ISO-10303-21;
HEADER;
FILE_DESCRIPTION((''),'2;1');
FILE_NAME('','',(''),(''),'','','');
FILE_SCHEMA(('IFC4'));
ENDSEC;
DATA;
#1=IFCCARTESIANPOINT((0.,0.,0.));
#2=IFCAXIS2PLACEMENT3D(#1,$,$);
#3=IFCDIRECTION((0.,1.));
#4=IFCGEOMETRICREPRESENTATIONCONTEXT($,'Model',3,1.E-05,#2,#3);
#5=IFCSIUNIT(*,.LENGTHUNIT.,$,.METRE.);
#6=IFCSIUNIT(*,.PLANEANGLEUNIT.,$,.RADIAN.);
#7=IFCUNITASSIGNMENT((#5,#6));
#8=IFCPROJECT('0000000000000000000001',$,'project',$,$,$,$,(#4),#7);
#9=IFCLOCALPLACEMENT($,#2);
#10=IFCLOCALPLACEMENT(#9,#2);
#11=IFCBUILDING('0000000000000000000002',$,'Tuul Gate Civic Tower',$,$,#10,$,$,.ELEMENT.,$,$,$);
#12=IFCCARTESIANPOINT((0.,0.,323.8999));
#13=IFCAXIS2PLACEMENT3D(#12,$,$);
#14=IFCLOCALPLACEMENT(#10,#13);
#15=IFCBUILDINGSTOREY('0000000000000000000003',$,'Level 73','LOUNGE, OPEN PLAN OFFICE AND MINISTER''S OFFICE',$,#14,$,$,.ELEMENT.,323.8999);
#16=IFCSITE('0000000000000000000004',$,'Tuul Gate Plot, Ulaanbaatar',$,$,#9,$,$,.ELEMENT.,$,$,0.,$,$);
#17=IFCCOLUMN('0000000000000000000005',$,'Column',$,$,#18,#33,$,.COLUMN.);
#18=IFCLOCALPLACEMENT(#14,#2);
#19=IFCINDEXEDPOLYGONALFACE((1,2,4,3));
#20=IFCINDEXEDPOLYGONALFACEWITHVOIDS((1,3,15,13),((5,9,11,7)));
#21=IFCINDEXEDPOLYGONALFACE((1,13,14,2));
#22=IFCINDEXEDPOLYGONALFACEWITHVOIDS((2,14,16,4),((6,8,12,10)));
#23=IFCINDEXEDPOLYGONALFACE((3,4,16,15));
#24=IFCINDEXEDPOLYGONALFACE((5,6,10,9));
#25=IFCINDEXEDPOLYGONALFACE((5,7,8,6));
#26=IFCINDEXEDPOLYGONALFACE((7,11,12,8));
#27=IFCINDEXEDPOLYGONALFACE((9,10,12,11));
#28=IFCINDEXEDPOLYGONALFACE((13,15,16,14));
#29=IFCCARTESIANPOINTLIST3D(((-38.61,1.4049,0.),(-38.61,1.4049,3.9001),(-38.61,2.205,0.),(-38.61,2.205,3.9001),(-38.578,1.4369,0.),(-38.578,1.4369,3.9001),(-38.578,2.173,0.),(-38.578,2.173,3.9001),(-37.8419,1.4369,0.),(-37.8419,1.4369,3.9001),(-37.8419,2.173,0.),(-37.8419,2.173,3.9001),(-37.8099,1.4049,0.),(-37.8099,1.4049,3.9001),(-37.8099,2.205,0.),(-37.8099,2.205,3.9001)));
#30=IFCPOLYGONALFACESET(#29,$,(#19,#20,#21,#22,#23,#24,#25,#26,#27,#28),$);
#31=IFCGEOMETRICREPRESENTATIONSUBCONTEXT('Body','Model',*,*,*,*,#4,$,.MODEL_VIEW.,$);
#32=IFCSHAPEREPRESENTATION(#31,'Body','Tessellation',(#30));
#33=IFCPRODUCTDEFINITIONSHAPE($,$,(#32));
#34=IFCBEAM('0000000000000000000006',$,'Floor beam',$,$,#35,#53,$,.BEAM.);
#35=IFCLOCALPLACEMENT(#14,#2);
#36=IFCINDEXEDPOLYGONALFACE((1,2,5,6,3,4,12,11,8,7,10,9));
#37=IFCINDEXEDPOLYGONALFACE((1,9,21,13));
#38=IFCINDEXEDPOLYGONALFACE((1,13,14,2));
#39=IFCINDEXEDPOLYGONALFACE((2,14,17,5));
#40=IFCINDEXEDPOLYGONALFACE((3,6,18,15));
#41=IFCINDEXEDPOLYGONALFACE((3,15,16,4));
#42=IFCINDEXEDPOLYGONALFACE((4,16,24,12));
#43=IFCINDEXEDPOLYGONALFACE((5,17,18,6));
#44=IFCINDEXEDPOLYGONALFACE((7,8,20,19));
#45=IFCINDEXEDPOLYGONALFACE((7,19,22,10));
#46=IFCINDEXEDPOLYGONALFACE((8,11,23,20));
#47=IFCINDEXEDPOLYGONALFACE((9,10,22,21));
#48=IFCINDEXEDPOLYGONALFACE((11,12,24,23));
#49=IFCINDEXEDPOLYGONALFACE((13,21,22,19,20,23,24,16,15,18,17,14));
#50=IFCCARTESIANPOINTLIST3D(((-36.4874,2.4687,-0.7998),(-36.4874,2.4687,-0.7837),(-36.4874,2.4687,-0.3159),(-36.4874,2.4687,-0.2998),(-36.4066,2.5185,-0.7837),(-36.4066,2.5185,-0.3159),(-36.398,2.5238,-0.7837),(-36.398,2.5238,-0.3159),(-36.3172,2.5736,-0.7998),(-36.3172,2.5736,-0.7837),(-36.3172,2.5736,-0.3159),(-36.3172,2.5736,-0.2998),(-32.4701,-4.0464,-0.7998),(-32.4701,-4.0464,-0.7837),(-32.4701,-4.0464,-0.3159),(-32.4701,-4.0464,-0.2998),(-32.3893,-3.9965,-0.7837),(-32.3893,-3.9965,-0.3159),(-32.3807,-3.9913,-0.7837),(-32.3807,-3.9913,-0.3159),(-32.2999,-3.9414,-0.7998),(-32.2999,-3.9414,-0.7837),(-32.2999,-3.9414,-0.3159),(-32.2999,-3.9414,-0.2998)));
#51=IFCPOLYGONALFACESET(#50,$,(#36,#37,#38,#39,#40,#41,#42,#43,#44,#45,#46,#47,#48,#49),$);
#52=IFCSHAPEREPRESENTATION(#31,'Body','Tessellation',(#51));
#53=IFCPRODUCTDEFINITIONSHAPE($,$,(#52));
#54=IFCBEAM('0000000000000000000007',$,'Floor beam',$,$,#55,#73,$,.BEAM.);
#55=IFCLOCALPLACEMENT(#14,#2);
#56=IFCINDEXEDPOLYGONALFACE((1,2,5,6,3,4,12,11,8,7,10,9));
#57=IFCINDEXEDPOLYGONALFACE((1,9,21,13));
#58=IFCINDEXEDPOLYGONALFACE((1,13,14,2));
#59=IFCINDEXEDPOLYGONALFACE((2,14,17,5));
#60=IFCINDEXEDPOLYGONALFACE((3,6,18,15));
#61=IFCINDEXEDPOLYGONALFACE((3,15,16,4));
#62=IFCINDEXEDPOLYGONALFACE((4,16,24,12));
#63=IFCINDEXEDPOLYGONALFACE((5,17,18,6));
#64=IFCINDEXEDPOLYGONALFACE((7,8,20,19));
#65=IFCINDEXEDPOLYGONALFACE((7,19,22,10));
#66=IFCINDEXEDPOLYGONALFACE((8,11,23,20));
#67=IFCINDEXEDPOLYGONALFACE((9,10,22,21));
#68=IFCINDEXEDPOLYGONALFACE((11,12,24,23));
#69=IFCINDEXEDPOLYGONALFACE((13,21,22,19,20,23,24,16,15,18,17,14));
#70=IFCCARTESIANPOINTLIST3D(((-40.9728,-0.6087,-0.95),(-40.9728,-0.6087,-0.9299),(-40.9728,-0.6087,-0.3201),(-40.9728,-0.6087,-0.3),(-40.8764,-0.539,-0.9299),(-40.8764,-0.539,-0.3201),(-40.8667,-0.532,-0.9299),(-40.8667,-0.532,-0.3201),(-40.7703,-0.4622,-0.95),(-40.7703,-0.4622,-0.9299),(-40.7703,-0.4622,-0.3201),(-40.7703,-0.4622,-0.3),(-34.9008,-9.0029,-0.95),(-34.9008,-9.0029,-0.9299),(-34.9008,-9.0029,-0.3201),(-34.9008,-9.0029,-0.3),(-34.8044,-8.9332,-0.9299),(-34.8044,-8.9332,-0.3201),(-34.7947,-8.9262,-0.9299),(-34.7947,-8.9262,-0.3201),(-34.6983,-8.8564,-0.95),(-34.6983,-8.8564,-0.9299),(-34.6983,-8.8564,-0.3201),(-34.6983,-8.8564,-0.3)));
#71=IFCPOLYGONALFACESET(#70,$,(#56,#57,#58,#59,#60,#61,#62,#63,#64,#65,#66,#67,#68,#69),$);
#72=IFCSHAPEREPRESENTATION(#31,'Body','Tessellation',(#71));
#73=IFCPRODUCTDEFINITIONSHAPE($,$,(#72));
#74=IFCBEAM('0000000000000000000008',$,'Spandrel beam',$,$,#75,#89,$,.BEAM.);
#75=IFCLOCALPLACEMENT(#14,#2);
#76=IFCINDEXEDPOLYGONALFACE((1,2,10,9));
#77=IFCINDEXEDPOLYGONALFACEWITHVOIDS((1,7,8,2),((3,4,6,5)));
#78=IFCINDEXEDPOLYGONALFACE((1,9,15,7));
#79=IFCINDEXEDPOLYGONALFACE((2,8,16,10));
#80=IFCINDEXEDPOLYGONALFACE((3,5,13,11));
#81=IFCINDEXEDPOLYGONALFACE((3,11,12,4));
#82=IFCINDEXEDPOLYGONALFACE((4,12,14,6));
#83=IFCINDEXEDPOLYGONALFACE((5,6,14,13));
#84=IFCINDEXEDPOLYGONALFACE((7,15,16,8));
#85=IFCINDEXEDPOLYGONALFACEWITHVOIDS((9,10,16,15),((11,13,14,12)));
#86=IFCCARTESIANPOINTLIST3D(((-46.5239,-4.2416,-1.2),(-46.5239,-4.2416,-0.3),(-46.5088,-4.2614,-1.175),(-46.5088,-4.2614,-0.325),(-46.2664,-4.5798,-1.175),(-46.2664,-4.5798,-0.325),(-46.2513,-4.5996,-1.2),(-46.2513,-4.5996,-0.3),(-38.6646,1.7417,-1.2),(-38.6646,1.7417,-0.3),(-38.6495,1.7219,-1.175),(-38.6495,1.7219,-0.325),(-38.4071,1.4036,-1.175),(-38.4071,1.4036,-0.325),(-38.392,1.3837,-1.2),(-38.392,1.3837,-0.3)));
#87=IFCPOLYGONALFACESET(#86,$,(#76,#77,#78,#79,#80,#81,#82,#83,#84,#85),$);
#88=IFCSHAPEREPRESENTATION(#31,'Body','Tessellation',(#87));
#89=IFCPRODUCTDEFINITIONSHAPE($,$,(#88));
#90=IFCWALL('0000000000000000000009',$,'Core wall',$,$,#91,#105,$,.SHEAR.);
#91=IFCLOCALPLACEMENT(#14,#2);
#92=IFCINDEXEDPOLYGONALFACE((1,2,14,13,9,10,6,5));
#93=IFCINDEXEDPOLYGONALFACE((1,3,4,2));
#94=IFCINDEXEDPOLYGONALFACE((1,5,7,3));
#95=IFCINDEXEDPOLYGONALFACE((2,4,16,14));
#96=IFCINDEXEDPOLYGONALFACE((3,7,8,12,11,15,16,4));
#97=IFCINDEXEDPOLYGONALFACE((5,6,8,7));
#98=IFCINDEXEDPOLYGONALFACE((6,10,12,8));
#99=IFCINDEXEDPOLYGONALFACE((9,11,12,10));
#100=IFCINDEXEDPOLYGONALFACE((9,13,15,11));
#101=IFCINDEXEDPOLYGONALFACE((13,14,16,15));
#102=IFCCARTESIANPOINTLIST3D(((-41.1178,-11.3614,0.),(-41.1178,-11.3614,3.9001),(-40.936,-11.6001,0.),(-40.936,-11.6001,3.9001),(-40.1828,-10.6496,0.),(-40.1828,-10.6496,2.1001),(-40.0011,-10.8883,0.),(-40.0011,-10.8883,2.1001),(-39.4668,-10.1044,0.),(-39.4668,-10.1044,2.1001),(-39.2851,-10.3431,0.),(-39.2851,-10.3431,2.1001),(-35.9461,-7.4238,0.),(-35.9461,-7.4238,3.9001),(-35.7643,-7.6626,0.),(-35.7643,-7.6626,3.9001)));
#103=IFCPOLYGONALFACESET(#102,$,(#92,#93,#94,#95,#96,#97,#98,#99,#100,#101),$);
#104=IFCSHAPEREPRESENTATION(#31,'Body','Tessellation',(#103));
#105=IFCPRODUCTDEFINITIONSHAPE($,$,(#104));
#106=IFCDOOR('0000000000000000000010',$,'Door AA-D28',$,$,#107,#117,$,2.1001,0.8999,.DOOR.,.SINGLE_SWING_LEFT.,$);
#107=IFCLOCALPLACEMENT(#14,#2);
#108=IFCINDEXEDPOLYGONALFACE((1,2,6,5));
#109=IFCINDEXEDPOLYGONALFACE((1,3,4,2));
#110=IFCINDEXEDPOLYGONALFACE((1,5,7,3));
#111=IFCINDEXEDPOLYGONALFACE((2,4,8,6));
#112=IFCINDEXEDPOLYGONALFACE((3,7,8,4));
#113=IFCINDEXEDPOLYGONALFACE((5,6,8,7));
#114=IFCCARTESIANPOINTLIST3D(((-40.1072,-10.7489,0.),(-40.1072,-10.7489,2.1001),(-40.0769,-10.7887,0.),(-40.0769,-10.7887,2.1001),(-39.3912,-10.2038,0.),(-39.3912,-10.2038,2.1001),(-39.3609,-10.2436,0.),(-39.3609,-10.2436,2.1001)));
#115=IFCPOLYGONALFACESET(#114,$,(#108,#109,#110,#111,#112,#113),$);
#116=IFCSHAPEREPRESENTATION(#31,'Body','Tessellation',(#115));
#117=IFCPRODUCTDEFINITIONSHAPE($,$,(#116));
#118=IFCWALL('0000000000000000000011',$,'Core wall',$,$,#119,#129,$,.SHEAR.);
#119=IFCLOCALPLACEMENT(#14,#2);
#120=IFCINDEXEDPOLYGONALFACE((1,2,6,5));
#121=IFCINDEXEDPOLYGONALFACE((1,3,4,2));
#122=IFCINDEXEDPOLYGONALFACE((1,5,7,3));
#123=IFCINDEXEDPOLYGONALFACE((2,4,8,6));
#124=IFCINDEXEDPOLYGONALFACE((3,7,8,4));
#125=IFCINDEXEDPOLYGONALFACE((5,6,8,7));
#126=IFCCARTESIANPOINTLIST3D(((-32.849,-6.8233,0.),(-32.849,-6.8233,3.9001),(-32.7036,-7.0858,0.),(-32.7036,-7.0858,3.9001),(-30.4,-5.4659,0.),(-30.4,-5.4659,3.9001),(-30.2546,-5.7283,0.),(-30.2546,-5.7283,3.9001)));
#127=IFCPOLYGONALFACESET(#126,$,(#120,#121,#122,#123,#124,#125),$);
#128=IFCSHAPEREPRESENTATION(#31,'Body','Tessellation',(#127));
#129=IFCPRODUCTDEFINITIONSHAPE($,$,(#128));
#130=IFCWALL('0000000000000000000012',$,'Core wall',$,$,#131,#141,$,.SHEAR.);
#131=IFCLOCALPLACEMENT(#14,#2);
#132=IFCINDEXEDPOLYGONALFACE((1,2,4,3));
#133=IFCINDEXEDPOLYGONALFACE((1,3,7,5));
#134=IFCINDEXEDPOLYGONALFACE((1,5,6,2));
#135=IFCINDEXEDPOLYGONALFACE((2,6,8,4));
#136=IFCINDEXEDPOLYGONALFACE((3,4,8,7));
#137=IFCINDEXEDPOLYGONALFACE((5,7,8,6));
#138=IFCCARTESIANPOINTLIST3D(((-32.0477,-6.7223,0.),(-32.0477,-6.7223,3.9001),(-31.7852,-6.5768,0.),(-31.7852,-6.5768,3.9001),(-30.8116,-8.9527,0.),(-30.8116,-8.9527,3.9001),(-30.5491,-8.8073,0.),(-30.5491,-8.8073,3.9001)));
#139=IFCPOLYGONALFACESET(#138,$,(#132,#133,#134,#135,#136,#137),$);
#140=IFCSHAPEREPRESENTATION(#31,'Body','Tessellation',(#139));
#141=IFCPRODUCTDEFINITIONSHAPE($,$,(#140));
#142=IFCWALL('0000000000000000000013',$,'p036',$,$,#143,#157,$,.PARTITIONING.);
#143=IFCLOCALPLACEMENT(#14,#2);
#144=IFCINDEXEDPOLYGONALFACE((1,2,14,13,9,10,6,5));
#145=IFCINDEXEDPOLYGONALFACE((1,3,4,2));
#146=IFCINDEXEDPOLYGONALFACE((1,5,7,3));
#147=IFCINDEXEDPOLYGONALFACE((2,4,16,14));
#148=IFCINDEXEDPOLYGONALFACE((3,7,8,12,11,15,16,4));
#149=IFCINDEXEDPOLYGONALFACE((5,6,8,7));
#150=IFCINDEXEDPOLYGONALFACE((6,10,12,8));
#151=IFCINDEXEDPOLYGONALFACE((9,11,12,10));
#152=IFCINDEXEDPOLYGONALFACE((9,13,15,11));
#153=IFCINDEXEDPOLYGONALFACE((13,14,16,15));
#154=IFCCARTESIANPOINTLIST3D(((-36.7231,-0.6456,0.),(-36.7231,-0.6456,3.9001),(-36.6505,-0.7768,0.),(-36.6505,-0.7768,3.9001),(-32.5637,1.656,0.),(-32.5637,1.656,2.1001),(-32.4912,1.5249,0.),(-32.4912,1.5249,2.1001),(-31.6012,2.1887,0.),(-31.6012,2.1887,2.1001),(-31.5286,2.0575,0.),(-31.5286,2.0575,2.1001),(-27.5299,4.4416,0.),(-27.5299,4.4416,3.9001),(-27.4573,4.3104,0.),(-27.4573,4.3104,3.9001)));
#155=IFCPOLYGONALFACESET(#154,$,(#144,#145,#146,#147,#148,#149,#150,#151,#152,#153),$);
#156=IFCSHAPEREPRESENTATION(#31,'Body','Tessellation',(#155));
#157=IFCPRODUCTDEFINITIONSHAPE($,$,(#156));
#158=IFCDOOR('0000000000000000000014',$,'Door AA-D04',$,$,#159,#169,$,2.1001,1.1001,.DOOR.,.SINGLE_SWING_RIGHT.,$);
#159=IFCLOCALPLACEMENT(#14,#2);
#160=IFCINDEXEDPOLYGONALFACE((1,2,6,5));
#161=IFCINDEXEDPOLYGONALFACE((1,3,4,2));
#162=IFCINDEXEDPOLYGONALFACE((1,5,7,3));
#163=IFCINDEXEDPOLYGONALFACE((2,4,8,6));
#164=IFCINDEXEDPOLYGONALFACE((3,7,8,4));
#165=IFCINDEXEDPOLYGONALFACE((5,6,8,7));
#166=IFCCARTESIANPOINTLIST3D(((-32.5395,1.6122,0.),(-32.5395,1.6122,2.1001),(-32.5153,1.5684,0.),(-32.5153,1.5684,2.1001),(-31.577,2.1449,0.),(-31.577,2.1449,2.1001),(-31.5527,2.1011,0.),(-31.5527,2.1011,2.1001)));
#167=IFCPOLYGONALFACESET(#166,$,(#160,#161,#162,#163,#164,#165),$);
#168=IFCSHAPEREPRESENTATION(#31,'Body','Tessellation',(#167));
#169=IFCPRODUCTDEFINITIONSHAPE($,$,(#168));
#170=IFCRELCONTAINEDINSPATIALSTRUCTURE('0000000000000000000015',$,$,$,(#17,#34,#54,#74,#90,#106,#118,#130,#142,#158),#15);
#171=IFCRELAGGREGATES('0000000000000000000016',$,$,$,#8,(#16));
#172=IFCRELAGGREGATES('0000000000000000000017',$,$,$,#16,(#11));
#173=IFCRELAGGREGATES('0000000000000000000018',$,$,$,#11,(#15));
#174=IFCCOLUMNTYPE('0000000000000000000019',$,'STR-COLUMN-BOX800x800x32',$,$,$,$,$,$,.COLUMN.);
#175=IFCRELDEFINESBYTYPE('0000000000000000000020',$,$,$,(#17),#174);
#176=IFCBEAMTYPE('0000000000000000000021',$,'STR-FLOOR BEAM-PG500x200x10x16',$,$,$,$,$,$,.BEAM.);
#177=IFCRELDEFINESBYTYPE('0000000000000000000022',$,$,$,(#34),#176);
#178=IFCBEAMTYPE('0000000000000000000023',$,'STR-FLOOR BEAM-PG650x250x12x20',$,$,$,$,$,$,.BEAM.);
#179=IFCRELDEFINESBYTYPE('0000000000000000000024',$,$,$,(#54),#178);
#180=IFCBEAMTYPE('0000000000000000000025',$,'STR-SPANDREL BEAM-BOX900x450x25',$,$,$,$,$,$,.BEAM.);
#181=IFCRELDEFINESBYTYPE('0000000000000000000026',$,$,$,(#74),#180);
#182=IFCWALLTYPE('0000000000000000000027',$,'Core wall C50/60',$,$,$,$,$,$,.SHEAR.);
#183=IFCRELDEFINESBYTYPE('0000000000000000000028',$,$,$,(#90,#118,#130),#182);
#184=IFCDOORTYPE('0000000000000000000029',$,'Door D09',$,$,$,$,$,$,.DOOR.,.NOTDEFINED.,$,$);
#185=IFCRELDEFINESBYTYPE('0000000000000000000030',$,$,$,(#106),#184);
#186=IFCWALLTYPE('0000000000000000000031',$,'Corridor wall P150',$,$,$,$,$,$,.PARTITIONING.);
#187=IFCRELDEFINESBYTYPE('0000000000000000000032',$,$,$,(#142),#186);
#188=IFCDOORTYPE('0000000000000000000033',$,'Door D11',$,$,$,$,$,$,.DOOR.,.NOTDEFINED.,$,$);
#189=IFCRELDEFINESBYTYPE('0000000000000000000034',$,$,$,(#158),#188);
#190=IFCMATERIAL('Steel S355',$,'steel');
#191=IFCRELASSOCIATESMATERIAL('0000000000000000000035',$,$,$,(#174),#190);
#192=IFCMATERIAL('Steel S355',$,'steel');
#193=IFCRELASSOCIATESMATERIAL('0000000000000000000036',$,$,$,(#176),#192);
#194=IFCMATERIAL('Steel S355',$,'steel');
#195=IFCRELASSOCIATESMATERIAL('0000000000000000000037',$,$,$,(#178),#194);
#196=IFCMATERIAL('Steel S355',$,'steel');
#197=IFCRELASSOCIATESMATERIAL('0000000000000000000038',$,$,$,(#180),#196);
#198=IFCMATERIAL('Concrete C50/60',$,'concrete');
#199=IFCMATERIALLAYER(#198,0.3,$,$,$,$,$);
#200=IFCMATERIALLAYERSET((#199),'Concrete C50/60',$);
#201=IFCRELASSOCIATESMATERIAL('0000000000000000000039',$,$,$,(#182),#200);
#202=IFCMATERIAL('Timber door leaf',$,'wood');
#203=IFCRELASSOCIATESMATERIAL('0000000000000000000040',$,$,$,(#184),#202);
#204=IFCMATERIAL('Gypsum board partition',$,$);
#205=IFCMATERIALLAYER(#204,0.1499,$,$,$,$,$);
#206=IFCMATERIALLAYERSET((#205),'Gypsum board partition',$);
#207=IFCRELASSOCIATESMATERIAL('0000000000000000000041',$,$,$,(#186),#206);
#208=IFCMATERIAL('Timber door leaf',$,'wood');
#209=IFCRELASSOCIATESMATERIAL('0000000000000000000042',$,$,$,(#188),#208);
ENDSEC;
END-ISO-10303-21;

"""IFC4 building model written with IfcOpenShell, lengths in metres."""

from ifc_helpers import new_model, si_unit, direction, frame, frame_2d, origin, origin_2d, place, context, subcontext, project, spatial, rectangle, hollow_rectangle, i_section, extrude, material, layer, layer_set, material_profile, profile_set, type_object, element, fill, save


model = new_model("IFC4")

# Units and contexts
model_context = context("Model", 3, precision=1e-05, world=origin(), true_north=direction((0.0, 1.0)))
body_context = subcontext(model_context, "Body", "Model", "MODEL_VIEW")
ifc_project = project(units=[si_unit("LENGTHUNIT", "METRE"), si_unit("PLANEANGLEUNIT", "RADIAN")], contexts=[model_context])

# Site, building, storey
site_placement = place(None, origin())
site = spatial("IfcSite", under=ifc_project, at=site_placement, Name="Tuul Gate Plot, Ulaanbaatar", CompositionType="ELEMENT", RefElevation=0.0)
building_placement = place(site_placement, origin())
building = spatial("IfcBuilding", under=site, at=building_placement, Name="Tuul Gate Civic Tower", CompositionType="ELEMENT")
storey_placement = place(building_placement, frame((0.0, 0.0, 323.8999)))
storey = spatial("IfcBuildingStorey", under=building, at=storey_placement, Name="Level 73", Description="LOUNGE, OPEN PLAN OFFICE AND MINISTER'S OFFICE", CompositionType="ELEMENT", Elevation=323.8999)

# Column
ifc_material_1 = material(Name="Steel S355", Category="steel")
ifc_material_profile_1 = material_profile(ifc_material_1, hollow_rectangle(XDim=0.8, YDim=0.8, WallThickness=0.032, at=origin_2d()), Name="BOX800x800x32")
ifc_profile_set_1 = profile_set([ifc_material_profile_1], Name="Steel S355")
column_type = type_object("IfcColumnType", Name="STR-COLUMN-BOX800x800x32", PredefinedType="COLUMN", material=ifc_profile_set_1)
column_placement = place(storey_placement, frame((-38.21, 1.8049, 0.0), z_axis=(0.0, 0.0, 1.0), x_axis=(1.0, 0.0, 0.0)))
element("IfcColumn", 1, at=column_placement, inside=storey, type_object=column_type, Name="Column", PredefinedType="COLUMN", context=body_context, shape_type="SweptSolid", body=[
    extrude(hollow_rectangle(XDim=0.8, YDim=0.8, WallThickness=0.032, at=origin_2d()), origin(), (0.0, 0.0, 1.0), 3.9001),
])

# Beams
ifc_material_2 = material(Name="Steel S355", Category="steel")
ifc_material_profile_2 = material_profile(ifc_material_2, i_section(OverallWidth=0.2, OverallDepth=0.5, WebThickness=0.01, FlangeThickness=0.0161, at=origin_2d()), Name="PG500x200x10x16")
ifc_profile_set_2 = profile_set([ifc_material_profile_2], Name="Steel S355")
beam_type_1 = type_object("IfcBeamType", Name="STR-FLOOR BEAM-PG500x200x10x16", PredefinedType="BEAM", material=ifc_profile_set_2)
beam_1_placement = place(storey_placement, frame((-32.385, -3.9939, -0.5498), z_axis=(-0.524857, 0.85119, 0.0), x_axis=(-0.85119, -0.524857, 0.0)))
element("IfcBeam", 2, at=beam_1_placement, inside=storey, type_object=beam_type_1, Name="Floor beam", PredefinedType="BEAM", context=body_context, shape_type="SweptSolid", body=[
    extrude(i_section(OverallWidth=0.2, OverallDepth=0.5, WebThickness=0.01, FlangeThickness=0.0161, at=origin_2d()), origin(), (0.0, 0.0, 1.0), 7.6541),
])
ifc_material_3 = material(Name="Steel S355", Category="steel")
ifc_material_profile_3 = material_profile(ifc_material_3, i_section(OverallWidth=0.25, OverallDepth=0.6499, WebThickness=0.012, FlangeThickness=0.02, at=origin_2d()), Name="PG650x250x12x20")
ifc_profile_set_3 = profile_set([ifc_material_profile_3], Name="Steel S355")
beam_type_2 = type_object("IfcBeamType", Name="STR-FLOOR BEAM-PG650x250x12x20", PredefinedType="BEAM", material=ifc_profile_set_3)
beam_2_placement = place(storey_placement, frame((-34.7996, -8.9297, -0.625), z_axis=(-0.586092, 0.810245, 0.0), x_axis=(-0.810245, -0.586092, 0.0)))
element("IfcBeam", 3, at=beam_2_placement, inside=storey, type_object=beam_type_2, Name="Floor beam", PredefinedType="BEAM", context=body_context, shape_type="SweptSolid", body=[
    extrude(i_section(OverallWidth=0.25, OverallDepth=0.6499, WebThickness=0.012, FlangeThickness=0.02, at=origin_2d()), origin(), (0.0, 0.0, 1.0), 10.3601),
])
ifc_material_4 = material(Name="Steel S355", Category="steel")
ifc_material_profile_4 = material_profile(ifc_material_4, hollow_rectangle(XDim=0.45, YDim=0.8999, WallThickness=0.0249, at=origin_2d()), Name="BOX900x450x25")
ifc_profile_set_4 = profile_set([ifc_material_profile_4], Name="Steel S355")
beam_type_3 = type_object("IfcBeamType", Name="STR-SPANDREL BEAM-BOX900x450x25", PredefinedType="BEAM", material=ifc_profile_set_4)
beam_3_placement = place(storey_placement, frame((-38.5283, 1.5627, -0.75), z_axis=(-0.795661, -0.605742, 0.0), x_axis=(0.605742, -0.795661, 0.0)))
element("IfcBeam", 4, at=beam_3_placement, inside=storey, type_object=beam_type_3, Name="Spandrel beam", PredefinedType="BEAM", context=body_context, shape_type="SweptSolid", body=[
    extrude(hollow_rectangle(XDim=0.45, YDim=0.8999, WallThickness=0.0249, at=origin_2d()), origin(), (0.0, 0.0, 1.0), 9.8777),
])

# Wall, opening, door
ifc_material_5 = material(Name="Concrete C50/60", Category="concrete")
ifc_layer_1 = layer(ifc_material_5, 0.3)
ifc_layer_set_1 = layer_set([ifc_layer_1], Name="Concrete C50/60")
wall_type_1 = type_object("IfcWallType", Name="Core wall C50/60", PredefinedType="SHEAR", material=ifc_layer_set_1)
wall_1_placement = place(storey_placement, frame((-35.8552, -7.5432, 0.0), z_axis=(0.0, 0.0, 1.0), x_axis=(-0.795639, -0.605772, 0.0)))
wall_1 = element("IfcWall", 5, at=wall_1_placement, inside=storey, type_object=wall_type_1, Name="Core wall", PredefinedType="SHEAR", context=body_context, shape_type="SweptSolid", body=[
    extrude(rectangle(XDim=6.5, YDim=0.3, at=frame_2d((3.25, 0.0))), origin(), (0.0, 0.0, 1.0), 3.9001),
])
opening_1_placement = place(wall_1_placement, frame((4.425, 0.0, 0.0)))
opening_1 = element("IfcOpeningElement", 6, at=opening_1_placement, cuts=wall_1, PredefinedType="OPENING", context=body_context, shape_type="SweptSolid", body=[
    extrude(rectangle(XDim=0.8999, YDim=2.1001, at=frame_2d((0.45, 1.05))), frame((0.0, 0.1602, 0.0), z_axis=(0.0, -1.0, 0.0), x_axis=(1.0, 0.0, 0.0)), (0.0, 0.0, 1.0), 0.3201),
])
ifc_material_6 = material(Name="Timber door leaf", Category="wood")
door_type_1 = type_object("IfcDoorType", Name="Door D09", OperationType="NOTDEFINED", PredefinedType="DOOR", material=ifc_material_6)
door_1_placement = place(opening_1_placement, origin())
door_1 = element("IfcDoor", 7, at=door_1_placement, inside=storey, type_object=door_type_1, Name="Door AA-D28", OperationType="SINGLE_SWING_LEFT", OverallHeight=2.1001, OverallWidth=0.8999, PredefinedType="DOOR", context=body_context, shape_type="SweptSolid", body=[
    extrude(rectangle(XDim=0.8999, YDim=2.1001, at=frame_2d((0.45, 1.05))), frame((0.0, 0.0249, 0.0), z_axis=(0.0, -1.0, 0.0), x_axis=(1.0, 0.0, 0.0)), (0.0, 0.0, 1.0), 0.05),
])
fill(opening_1, door_1)

# Walls
wall_2_placement = place(storey_placement, frame((-30.3274, -5.5972, 0.0), z_axis=(0.0, 0.0, 1.0), x_axis=(-0.87463, -0.484791, 0.0)))
element("IfcWall", 8, at=wall_2_placement, inside=storey, type_object=wall_type_1, Name="Core wall", PredefinedType="SHEAR", context=body_context, shape_type="SweptSolid", body=[
    extrude(rectangle(XDim=2.8, YDim=0.3, at=frame_2d((1.3999, 0.0))), origin(), (0.0, 0.0, 1.0), 3.9001),
])
wall_3_placement = place(storey_placement, frame((-30.6804, -8.8799, 0.0), z_axis=(0.0, 0.0, 1.0), x_axis=(-0.484724, 0.874667, 0.0)))
element("IfcWall", 9, at=wall_3_placement, inside=storey, type_object=wall_type_1, Name="Core wall", PredefinedType="SHEAR", context=body_context, shape_type="SweptSolid", body=[
    extrude(rectangle(XDim=2.55, YDim=0.3, at=frame_2d((1.2749, 0.0))), origin(), (0.0, 0.0, 1.0), 3.9001),
])

# Wall, opening, door
ifc_material_7 = material(Name="Gypsum board partition")
ifc_layer_2 = layer(ifc_material_7, 0.1499)
ifc_layer_set_2 = layer_set([ifc_layer_2], Name="Gypsum board partition")
wall_type_2 = type_object("IfcWallType", Name="Corridor wall P150", PredefinedType="PARTITIONING", material=ifc_layer_set_2)
wall_4_placement = place(storey_placement, frame((-36.6868, -0.7112, 0.0), z_axis=(0.0, 0.0, 1.0), x_axis=(0.874969, 0.484178, 0.0)))
wall_4 = element("IfcWall", 10, at=wall_4_placement, inside=storey, type_object=wall_type_2, Name="p036", PredefinedType="PARTITIONING", context=body_context, shape_type="SweptSolid", body=[
    extrude(rectangle(XDim=10.5068, YDim=0.1499, at=frame_2d((5.2534, 0.0))), origin(), (0.0, 0.0, 1.0), 3.9001),
])
opening_2_placement = place(wall_4_placement, frame((4.7537, 0.0, 0.0)))
opening_2 = element("IfcOpeningElement", 11, at=opening_2_placement, cuts=wall_4, PredefinedType="OPENING", context=body_context, shape_type="SweptSolid", body=[
    extrude(rectangle(XDim=1.1001, YDim=2.1001, at=frame_2d((0.55, 1.05))), frame((0.0, 0.085, 0.0), z_axis=(0.0, -1.0, 0.0), x_axis=(1.0, 0.0, 0.0)), (0.0, 0.0, 1.0), 0.1699),
])
ifc_material_8 = material(Name="Timber door leaf", Category="wood")
door_type_2 = type_object("IfcDoorType", Name="Door D11", OperationType="NOTDEFINED", PredefinedType="DOOR", material=ifc_material_8)
door_2_placement = place(opening_2_placement, origin())
door_2 = element("IfcDoor", 12, at=door_2_placement, inside=storey, type_object=door_type_2, Name="Door AA-D04", OperationType="SINGLE_SWING_RIGHT", OverallHeight=2.1001, OverallWidth=1.1001, PredefinedType="DOOR", context=body_context, shape_type="SweptSolid", body=[
    extrude(rectangle(XDim=1.1001, YDim=2.1001, at=frame_2d((0.55, 1.05))), frame((0.0, 0.0249, 0.0), z_axis=(0.0, -1.0, 0.0), x_axis=(1.0, 0.0, 0.0)), (0.0, 0.0, 1.0), 0.05),
])
fill(opening_2, door_2)

save(model, "model.ifc")
